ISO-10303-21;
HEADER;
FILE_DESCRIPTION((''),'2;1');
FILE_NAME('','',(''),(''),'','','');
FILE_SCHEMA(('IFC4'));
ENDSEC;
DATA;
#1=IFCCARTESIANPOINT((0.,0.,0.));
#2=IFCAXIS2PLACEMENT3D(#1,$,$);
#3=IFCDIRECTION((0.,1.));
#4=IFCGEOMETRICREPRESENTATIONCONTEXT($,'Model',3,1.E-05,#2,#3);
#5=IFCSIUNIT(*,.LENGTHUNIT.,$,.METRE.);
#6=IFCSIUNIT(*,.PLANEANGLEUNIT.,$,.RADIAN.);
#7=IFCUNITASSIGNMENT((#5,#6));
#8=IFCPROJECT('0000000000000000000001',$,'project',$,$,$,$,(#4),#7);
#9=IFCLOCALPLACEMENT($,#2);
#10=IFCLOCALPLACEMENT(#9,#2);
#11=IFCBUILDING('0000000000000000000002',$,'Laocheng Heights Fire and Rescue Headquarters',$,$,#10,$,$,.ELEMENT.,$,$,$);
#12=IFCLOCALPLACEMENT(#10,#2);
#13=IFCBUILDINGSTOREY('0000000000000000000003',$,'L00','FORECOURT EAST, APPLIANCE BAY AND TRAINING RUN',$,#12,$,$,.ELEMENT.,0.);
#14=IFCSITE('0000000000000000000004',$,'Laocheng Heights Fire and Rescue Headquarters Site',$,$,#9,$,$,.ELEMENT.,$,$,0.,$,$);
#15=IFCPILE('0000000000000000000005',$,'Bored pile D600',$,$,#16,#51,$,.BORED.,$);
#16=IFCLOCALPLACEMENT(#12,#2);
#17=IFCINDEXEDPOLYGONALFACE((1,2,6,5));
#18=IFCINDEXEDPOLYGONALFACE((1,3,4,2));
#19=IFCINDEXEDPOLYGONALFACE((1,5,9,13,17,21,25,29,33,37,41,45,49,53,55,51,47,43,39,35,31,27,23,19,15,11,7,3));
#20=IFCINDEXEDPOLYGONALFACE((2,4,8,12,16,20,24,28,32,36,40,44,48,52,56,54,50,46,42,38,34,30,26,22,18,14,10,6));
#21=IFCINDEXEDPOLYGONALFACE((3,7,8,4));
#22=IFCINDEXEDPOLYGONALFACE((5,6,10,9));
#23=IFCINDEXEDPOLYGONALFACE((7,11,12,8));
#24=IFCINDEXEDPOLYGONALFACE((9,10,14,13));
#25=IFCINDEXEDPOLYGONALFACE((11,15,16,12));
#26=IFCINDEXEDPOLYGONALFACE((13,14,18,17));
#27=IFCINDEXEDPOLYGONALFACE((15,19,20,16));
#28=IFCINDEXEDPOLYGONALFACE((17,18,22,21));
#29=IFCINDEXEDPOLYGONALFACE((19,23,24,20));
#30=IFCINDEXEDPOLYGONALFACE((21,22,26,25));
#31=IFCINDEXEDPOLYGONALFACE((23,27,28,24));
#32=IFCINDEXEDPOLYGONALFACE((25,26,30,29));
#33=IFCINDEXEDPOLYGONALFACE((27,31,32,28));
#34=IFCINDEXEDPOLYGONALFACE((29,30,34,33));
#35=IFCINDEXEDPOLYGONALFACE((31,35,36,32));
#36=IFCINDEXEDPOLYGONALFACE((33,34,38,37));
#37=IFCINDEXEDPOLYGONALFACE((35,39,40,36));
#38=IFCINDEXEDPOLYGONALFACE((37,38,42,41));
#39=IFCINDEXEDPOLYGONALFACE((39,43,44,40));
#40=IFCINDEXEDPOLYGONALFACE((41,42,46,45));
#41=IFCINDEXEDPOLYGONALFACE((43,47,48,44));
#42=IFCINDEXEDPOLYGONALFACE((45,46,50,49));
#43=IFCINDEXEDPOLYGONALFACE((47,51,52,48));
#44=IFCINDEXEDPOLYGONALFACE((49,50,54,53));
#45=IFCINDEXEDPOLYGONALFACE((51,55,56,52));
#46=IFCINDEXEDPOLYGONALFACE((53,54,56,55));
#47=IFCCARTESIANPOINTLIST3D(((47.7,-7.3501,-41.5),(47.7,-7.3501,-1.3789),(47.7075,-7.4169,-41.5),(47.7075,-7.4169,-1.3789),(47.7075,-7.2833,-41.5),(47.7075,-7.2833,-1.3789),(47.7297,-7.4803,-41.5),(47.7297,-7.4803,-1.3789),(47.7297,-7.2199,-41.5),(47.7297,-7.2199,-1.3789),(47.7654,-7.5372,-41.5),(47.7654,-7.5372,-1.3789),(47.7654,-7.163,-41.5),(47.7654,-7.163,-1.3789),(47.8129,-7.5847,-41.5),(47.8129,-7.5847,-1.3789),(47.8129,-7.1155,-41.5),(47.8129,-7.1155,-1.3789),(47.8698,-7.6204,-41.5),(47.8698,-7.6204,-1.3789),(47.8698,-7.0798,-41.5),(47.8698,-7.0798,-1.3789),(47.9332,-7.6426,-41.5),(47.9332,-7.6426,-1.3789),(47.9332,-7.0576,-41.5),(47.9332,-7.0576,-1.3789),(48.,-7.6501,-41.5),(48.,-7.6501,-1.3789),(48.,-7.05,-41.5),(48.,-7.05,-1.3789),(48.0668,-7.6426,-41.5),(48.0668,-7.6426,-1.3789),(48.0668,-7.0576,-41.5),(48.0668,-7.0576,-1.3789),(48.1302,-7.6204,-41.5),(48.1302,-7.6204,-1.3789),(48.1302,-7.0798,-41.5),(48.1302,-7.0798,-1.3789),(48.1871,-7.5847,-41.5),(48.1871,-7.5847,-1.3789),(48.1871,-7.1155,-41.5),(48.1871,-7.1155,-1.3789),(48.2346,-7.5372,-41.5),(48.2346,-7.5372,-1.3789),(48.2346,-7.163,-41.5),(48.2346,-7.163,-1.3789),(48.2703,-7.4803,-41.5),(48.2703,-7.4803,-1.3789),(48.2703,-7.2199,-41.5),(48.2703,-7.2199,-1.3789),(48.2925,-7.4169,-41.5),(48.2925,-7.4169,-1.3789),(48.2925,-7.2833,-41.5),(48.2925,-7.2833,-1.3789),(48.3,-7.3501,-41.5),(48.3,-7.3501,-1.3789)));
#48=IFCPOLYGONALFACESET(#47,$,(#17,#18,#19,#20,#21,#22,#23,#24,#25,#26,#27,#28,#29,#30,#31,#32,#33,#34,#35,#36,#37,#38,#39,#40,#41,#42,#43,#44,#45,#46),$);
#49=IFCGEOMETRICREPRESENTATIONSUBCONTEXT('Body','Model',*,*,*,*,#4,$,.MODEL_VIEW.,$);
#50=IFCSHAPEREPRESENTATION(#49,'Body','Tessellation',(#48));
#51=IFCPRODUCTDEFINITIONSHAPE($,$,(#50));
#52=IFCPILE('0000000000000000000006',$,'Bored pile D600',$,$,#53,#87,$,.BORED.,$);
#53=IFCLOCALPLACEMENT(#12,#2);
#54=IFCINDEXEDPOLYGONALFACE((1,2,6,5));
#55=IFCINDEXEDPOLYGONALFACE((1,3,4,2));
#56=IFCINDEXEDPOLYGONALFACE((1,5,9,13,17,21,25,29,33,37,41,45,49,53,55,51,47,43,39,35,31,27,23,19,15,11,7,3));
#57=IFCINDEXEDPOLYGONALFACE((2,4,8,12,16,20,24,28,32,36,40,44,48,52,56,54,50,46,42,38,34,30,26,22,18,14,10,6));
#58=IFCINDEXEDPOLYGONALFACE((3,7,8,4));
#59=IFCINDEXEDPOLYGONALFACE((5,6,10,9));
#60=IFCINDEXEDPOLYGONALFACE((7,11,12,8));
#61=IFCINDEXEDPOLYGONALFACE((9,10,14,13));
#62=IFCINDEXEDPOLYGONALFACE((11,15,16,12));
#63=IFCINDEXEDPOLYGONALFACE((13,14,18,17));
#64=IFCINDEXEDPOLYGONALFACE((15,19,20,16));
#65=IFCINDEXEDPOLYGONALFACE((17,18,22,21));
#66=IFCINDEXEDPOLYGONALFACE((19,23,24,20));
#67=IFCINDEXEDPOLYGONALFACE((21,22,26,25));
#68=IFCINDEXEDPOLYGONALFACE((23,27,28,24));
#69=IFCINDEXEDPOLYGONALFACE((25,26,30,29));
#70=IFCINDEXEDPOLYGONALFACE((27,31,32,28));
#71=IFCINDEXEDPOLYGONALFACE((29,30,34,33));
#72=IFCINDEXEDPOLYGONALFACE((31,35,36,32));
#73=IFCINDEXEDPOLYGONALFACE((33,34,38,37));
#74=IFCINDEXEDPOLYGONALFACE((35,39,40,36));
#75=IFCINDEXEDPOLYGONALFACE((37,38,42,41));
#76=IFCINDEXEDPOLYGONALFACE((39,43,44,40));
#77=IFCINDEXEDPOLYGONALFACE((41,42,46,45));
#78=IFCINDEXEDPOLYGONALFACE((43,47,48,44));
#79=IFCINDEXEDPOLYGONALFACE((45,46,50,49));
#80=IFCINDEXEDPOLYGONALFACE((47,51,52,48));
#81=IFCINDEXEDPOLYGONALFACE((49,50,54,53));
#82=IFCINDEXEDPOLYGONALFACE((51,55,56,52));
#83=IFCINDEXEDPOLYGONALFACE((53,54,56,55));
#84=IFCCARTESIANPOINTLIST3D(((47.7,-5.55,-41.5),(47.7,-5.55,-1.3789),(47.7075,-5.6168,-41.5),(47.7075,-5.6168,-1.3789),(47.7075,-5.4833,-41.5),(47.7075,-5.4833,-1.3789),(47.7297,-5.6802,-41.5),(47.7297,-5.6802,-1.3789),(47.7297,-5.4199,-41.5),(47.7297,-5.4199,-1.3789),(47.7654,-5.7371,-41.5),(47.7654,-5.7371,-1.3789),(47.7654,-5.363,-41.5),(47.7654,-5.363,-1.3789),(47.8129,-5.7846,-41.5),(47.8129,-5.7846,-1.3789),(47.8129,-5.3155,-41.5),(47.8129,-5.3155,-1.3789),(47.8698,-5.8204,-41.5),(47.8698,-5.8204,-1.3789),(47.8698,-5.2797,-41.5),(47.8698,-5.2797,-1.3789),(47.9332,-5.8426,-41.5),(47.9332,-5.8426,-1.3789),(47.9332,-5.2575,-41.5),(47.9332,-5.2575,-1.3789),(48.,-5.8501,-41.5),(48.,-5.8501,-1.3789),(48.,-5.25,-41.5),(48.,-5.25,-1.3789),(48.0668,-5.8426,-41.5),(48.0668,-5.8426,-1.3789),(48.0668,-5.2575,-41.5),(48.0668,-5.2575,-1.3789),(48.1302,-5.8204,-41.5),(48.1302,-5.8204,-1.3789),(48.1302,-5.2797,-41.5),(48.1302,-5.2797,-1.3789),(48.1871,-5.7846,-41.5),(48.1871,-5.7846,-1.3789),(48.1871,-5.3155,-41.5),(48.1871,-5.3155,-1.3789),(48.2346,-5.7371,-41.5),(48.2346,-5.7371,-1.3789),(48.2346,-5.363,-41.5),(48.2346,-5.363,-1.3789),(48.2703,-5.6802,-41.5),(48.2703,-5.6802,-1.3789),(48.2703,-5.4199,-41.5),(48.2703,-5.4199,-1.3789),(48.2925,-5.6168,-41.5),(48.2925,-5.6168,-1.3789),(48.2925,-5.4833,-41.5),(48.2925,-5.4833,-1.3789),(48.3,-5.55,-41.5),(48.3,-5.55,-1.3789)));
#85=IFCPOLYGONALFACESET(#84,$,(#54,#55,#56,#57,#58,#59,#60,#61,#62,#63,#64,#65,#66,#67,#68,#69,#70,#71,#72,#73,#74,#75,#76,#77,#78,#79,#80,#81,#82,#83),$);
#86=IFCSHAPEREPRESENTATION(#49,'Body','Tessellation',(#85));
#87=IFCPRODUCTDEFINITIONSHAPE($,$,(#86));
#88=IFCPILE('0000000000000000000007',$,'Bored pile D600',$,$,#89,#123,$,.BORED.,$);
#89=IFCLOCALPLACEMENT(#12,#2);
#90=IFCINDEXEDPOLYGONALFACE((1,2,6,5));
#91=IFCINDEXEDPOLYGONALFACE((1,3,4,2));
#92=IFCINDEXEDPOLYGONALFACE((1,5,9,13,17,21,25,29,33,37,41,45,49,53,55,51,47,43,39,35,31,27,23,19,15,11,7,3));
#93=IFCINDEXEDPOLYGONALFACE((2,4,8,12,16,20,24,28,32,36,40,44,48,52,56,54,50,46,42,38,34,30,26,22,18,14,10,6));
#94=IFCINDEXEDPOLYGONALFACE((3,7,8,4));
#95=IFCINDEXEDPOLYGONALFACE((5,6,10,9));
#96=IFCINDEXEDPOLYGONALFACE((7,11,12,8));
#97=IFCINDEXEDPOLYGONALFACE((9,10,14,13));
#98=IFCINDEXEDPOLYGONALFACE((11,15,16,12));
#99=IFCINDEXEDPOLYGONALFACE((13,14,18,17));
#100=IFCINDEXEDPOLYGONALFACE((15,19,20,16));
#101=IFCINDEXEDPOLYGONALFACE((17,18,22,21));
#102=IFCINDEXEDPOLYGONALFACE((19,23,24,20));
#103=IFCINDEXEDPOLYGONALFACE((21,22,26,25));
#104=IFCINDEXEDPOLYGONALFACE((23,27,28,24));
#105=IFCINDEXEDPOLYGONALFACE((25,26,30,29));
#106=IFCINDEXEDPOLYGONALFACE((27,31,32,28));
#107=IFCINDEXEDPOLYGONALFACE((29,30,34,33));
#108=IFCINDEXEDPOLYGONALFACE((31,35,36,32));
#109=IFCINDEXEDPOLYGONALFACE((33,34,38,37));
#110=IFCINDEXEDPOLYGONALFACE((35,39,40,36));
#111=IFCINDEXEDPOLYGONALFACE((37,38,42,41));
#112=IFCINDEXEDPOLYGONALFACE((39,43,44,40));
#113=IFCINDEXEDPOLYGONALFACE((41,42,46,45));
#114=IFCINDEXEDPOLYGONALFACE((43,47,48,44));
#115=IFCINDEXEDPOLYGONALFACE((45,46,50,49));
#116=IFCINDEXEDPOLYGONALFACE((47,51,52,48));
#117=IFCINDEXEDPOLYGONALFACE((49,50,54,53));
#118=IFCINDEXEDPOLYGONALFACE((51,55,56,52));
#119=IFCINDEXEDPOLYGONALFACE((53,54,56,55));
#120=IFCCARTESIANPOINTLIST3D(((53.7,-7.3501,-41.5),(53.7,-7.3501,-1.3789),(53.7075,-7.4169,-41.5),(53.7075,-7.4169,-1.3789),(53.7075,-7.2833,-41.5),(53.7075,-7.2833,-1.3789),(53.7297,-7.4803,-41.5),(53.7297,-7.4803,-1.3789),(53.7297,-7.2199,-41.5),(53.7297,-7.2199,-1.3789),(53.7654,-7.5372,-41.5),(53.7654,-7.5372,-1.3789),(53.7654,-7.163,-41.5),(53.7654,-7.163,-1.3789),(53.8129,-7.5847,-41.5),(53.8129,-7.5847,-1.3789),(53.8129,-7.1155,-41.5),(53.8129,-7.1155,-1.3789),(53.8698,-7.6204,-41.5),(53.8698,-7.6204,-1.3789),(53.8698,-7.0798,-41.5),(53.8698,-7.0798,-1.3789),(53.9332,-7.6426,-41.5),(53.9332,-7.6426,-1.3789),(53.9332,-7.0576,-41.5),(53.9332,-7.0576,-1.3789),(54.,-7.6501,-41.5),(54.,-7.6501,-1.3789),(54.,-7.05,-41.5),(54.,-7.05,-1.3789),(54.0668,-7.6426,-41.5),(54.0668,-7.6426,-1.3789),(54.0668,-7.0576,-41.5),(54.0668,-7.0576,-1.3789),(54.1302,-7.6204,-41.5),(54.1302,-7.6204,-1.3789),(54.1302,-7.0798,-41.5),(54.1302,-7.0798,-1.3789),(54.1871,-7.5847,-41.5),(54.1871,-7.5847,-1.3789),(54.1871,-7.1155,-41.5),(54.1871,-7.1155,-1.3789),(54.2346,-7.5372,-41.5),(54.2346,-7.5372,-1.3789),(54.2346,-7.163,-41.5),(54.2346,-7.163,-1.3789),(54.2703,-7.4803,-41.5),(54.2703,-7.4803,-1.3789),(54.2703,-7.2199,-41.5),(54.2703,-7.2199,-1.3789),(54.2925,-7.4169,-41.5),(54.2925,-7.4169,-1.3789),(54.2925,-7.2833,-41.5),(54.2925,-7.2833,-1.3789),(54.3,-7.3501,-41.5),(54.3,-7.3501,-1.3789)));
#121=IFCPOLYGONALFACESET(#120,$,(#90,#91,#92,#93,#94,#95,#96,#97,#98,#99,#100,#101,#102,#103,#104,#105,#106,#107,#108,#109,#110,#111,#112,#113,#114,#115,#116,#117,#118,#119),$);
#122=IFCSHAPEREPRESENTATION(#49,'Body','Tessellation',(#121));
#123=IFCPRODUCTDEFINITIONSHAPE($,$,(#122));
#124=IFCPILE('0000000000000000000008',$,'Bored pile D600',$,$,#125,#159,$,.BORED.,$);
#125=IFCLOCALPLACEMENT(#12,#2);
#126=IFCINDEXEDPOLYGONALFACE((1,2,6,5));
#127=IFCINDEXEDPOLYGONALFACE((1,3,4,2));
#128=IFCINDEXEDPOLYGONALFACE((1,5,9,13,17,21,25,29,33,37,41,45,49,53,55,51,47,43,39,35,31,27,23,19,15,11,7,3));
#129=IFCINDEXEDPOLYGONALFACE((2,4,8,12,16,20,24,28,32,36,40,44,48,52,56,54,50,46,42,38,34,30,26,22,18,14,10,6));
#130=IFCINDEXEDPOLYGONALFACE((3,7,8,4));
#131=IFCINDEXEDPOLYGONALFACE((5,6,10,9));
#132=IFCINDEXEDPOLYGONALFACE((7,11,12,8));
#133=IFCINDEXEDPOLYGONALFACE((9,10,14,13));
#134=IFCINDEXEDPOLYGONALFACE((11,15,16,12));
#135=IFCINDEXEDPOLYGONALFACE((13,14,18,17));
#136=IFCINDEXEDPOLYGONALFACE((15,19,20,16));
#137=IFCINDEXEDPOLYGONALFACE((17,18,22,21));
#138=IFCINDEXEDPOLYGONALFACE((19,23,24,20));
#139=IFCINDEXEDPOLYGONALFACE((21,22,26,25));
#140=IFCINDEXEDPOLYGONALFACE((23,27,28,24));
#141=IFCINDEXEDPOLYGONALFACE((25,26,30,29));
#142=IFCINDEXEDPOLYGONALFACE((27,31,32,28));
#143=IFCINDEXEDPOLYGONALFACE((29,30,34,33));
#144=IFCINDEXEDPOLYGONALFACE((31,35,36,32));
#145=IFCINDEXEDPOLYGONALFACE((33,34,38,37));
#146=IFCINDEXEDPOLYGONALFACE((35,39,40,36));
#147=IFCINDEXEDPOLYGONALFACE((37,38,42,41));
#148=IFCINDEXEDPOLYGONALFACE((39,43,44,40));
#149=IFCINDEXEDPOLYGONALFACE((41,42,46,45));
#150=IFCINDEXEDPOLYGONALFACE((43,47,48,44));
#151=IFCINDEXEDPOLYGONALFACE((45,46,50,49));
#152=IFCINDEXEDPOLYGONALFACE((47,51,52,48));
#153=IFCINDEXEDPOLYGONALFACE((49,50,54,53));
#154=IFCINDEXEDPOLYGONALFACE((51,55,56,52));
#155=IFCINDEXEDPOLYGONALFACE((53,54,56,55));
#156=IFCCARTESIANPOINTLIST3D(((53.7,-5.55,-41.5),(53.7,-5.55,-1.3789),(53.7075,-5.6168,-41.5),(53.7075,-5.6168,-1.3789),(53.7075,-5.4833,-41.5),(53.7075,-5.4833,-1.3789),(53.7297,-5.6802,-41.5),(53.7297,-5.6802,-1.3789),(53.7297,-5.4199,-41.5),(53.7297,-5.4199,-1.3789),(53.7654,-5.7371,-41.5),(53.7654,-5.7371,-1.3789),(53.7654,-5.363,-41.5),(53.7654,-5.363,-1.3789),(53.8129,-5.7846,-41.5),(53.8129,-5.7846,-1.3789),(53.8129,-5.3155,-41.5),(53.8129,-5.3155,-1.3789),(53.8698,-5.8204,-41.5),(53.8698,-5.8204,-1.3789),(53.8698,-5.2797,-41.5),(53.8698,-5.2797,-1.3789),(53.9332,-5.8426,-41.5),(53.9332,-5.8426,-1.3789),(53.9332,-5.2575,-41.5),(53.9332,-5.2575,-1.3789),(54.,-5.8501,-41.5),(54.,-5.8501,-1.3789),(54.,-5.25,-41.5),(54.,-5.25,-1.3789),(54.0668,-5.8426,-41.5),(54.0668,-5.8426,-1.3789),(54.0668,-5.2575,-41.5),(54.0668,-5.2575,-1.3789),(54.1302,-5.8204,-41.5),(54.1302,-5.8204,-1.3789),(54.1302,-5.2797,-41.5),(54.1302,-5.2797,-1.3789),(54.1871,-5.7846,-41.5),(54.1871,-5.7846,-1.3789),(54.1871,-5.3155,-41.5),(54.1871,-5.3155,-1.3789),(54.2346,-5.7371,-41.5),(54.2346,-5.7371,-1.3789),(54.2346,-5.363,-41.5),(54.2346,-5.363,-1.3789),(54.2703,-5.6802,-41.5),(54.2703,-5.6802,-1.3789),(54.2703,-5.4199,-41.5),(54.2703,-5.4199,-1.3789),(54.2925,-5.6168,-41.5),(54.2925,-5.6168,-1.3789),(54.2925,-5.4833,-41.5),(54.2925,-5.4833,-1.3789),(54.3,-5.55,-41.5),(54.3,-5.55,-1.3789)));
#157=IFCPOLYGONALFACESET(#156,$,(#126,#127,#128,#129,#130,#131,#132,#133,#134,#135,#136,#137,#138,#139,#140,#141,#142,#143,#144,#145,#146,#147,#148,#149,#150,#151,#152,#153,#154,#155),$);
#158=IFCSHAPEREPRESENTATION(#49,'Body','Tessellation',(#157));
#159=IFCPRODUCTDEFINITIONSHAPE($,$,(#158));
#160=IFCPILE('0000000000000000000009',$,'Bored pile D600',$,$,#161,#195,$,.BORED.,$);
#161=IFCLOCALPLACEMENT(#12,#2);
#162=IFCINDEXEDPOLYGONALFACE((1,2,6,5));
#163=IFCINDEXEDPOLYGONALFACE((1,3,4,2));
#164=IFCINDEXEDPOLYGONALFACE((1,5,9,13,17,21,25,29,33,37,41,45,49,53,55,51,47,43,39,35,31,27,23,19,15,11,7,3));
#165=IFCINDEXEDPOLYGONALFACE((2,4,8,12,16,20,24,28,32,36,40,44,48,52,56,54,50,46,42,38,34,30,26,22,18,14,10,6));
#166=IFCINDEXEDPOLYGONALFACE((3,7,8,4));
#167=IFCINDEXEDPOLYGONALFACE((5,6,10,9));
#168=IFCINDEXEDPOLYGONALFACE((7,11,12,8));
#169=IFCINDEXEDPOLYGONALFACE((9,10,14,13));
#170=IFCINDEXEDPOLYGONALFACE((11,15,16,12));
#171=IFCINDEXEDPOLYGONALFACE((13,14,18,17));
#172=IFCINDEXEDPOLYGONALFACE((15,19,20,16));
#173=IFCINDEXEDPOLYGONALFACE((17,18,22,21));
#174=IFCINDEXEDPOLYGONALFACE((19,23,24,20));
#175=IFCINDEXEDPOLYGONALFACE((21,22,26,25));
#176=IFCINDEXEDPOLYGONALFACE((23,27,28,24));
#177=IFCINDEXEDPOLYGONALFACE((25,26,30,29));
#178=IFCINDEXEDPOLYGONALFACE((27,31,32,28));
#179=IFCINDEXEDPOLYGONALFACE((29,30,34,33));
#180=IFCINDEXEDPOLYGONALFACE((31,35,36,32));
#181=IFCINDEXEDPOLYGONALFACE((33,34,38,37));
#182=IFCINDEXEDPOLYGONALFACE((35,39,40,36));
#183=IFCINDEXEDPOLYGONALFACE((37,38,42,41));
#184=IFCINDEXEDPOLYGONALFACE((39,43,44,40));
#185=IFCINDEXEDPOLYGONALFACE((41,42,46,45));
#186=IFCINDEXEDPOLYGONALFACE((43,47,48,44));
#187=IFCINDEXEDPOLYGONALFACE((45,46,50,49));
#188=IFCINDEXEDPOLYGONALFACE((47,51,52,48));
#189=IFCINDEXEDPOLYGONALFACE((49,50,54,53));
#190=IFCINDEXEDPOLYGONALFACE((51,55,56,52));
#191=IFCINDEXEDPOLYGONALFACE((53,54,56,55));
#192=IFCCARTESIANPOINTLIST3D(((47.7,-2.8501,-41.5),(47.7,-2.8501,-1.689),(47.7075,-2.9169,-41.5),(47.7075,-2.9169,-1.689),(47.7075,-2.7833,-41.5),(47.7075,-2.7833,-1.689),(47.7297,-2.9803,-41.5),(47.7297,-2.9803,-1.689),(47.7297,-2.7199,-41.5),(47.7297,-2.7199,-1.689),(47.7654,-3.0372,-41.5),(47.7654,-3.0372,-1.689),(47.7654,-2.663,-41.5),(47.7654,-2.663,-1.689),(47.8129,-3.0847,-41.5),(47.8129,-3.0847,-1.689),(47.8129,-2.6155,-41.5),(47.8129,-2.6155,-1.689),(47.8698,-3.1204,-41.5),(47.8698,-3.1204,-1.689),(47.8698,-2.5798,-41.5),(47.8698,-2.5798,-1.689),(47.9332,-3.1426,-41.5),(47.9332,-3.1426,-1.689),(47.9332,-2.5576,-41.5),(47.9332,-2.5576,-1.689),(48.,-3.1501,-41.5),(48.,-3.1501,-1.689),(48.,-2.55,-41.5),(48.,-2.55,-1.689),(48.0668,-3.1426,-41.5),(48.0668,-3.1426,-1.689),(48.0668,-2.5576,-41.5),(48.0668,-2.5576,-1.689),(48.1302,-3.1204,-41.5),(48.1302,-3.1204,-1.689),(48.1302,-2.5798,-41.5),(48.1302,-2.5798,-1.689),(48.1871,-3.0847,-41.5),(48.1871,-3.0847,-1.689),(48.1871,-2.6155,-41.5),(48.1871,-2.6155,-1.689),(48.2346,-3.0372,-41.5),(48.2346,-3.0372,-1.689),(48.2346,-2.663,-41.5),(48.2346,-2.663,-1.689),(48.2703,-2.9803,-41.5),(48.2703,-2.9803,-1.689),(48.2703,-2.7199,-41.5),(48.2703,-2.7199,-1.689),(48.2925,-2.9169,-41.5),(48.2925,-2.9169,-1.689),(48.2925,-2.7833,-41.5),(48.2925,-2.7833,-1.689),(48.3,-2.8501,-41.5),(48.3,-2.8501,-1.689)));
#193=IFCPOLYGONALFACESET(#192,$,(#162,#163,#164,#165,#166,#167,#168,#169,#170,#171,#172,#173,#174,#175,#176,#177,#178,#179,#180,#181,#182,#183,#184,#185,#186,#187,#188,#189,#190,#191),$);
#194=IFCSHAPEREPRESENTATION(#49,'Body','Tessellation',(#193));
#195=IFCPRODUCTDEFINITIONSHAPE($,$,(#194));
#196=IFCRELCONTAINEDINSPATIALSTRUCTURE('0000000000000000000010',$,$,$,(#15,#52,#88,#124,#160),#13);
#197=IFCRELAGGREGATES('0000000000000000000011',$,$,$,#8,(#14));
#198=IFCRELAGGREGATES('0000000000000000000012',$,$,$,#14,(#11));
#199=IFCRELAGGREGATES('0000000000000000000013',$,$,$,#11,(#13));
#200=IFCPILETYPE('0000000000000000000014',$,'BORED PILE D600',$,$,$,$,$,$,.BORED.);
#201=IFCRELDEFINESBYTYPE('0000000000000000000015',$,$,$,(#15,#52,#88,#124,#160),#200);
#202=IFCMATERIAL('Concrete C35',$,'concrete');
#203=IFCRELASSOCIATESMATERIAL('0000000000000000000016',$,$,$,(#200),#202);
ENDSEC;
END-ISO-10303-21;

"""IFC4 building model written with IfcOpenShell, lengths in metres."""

from ifc_helpers import new_model, si_unit, direction, frame, origin, origin_2d, place, context, subcontext, project, spatial, circle, extrude, material, material_profile, profile_set, type_object, element, save


model = new_model("IFC4")

# Units and contexts
model_context = context("Model", 3, precision=1e-05, world=origin(), true_north=direction((0.0, 1.0)))
body_context = subcontext(model_context, "Body", "Model", "MODEL_VIEW")
ifc_project = project(units=[si_unit("LENGTHUNIT", "METRE"), si_unit("PLANEANGLEUNIT", "RADIAN")], contexts=[model_context])

# Site, building, storey
site_placement = place(None, origin())
site = spatial("IfcSite", under=ifc_project, at=site_placement, Name="Laocheng Heights Fire and Rescue Headquarters Site", CompositionType="ELEMENT", RefElevation=0.0)
building_placement = place(site_placement, origin())
building = spatial("IfcBuilding", under=site, at=building_placement, Name="Laocheng Heights Fire and Rescue Headquarters", CompositionType="ELEMENT")
storey_placement = place(building_placement, origin())
storey = spatial("IfcBuildingStorey", under=building, at=storey_placement, Name="L00", Description="FORECOURT EAST, APPLIANCE BAY AND TRAINING RUN", CompositionType="ELEMENT", Elevation=0.0)

# Piles
ifc_material_1 = material(Name="Concrete C35", Category="concrete")
ifc_material_profile_1 = material_profile(ifc_material_1, circle(Radius=0.3, at=origin_2d()), Name="BORED PILE D600")
ifc_profile_set_1 = profile_set([ifc_material_profile_1], Name="Concrete C35")
pile_type = type_object("IfcPileType", Name="BORED PILE D600", PredefinedType="BORED", material=ifc_profile_set_1)
for number, where, z_axis, x_axis, name in (
    (1, (48.0, -7.3501, -1.3789), (0.0, 0.0, -1.0), (1.0, 0.0, 0.0), "Bored pile D600"),
    (2, (48.0, -5.55, -1.3789), (0.0, 0.0, -1.0), (1.0, 0.0, 0.0), "Bored pile D600"),
    (3, (54.0, -7.3501, -1.3789), (0.0, 0.0, -1.0), (1.0, 0.0, 0.0), "Bored pile D600"),
    (4, (54.0, -5.55, -1.3789), (0.0, 0.0, -1.0), (1.0, 0.0, 0.0), "Bored pile D600"),
):
    element("IfcPile", number, at=place(storey_placement, frame(where, z_axis=z_axis, x_axis=x_axis)), inside=storey, type_object=pile_type, Name=name, PredefinedType="BORED", context=body_context, shape_type="SweptSolid", body=[
        extrude(circle(Radius=0.3, at=origin_2d()), origin(), (0.0, 0.0, 1.0), 40.1211),
    ])
for number, where, z_axis, x_axis, name in (
    (5, (48.0, -2.8501, -1.689), (0.0, 0.0, -1.0), (1.0, 0.0, 0.0), "Bored pile D600"),
):
    element("IfcPile", number, at=place(storey_placement, frame(where, z_axis=z_axis, x_axis=x_axis)), inside=storey, type_object=pile_type, Name=name, PredefinedType="BORED", context=body_context, shape_type="SweptSolid", body=[
        extrude(circle(Radius=0.3, at=origin_2d()), origin(), (0.0, 0.0, 1.0), 39.811),
    ])

save(model, "model.ifc")
